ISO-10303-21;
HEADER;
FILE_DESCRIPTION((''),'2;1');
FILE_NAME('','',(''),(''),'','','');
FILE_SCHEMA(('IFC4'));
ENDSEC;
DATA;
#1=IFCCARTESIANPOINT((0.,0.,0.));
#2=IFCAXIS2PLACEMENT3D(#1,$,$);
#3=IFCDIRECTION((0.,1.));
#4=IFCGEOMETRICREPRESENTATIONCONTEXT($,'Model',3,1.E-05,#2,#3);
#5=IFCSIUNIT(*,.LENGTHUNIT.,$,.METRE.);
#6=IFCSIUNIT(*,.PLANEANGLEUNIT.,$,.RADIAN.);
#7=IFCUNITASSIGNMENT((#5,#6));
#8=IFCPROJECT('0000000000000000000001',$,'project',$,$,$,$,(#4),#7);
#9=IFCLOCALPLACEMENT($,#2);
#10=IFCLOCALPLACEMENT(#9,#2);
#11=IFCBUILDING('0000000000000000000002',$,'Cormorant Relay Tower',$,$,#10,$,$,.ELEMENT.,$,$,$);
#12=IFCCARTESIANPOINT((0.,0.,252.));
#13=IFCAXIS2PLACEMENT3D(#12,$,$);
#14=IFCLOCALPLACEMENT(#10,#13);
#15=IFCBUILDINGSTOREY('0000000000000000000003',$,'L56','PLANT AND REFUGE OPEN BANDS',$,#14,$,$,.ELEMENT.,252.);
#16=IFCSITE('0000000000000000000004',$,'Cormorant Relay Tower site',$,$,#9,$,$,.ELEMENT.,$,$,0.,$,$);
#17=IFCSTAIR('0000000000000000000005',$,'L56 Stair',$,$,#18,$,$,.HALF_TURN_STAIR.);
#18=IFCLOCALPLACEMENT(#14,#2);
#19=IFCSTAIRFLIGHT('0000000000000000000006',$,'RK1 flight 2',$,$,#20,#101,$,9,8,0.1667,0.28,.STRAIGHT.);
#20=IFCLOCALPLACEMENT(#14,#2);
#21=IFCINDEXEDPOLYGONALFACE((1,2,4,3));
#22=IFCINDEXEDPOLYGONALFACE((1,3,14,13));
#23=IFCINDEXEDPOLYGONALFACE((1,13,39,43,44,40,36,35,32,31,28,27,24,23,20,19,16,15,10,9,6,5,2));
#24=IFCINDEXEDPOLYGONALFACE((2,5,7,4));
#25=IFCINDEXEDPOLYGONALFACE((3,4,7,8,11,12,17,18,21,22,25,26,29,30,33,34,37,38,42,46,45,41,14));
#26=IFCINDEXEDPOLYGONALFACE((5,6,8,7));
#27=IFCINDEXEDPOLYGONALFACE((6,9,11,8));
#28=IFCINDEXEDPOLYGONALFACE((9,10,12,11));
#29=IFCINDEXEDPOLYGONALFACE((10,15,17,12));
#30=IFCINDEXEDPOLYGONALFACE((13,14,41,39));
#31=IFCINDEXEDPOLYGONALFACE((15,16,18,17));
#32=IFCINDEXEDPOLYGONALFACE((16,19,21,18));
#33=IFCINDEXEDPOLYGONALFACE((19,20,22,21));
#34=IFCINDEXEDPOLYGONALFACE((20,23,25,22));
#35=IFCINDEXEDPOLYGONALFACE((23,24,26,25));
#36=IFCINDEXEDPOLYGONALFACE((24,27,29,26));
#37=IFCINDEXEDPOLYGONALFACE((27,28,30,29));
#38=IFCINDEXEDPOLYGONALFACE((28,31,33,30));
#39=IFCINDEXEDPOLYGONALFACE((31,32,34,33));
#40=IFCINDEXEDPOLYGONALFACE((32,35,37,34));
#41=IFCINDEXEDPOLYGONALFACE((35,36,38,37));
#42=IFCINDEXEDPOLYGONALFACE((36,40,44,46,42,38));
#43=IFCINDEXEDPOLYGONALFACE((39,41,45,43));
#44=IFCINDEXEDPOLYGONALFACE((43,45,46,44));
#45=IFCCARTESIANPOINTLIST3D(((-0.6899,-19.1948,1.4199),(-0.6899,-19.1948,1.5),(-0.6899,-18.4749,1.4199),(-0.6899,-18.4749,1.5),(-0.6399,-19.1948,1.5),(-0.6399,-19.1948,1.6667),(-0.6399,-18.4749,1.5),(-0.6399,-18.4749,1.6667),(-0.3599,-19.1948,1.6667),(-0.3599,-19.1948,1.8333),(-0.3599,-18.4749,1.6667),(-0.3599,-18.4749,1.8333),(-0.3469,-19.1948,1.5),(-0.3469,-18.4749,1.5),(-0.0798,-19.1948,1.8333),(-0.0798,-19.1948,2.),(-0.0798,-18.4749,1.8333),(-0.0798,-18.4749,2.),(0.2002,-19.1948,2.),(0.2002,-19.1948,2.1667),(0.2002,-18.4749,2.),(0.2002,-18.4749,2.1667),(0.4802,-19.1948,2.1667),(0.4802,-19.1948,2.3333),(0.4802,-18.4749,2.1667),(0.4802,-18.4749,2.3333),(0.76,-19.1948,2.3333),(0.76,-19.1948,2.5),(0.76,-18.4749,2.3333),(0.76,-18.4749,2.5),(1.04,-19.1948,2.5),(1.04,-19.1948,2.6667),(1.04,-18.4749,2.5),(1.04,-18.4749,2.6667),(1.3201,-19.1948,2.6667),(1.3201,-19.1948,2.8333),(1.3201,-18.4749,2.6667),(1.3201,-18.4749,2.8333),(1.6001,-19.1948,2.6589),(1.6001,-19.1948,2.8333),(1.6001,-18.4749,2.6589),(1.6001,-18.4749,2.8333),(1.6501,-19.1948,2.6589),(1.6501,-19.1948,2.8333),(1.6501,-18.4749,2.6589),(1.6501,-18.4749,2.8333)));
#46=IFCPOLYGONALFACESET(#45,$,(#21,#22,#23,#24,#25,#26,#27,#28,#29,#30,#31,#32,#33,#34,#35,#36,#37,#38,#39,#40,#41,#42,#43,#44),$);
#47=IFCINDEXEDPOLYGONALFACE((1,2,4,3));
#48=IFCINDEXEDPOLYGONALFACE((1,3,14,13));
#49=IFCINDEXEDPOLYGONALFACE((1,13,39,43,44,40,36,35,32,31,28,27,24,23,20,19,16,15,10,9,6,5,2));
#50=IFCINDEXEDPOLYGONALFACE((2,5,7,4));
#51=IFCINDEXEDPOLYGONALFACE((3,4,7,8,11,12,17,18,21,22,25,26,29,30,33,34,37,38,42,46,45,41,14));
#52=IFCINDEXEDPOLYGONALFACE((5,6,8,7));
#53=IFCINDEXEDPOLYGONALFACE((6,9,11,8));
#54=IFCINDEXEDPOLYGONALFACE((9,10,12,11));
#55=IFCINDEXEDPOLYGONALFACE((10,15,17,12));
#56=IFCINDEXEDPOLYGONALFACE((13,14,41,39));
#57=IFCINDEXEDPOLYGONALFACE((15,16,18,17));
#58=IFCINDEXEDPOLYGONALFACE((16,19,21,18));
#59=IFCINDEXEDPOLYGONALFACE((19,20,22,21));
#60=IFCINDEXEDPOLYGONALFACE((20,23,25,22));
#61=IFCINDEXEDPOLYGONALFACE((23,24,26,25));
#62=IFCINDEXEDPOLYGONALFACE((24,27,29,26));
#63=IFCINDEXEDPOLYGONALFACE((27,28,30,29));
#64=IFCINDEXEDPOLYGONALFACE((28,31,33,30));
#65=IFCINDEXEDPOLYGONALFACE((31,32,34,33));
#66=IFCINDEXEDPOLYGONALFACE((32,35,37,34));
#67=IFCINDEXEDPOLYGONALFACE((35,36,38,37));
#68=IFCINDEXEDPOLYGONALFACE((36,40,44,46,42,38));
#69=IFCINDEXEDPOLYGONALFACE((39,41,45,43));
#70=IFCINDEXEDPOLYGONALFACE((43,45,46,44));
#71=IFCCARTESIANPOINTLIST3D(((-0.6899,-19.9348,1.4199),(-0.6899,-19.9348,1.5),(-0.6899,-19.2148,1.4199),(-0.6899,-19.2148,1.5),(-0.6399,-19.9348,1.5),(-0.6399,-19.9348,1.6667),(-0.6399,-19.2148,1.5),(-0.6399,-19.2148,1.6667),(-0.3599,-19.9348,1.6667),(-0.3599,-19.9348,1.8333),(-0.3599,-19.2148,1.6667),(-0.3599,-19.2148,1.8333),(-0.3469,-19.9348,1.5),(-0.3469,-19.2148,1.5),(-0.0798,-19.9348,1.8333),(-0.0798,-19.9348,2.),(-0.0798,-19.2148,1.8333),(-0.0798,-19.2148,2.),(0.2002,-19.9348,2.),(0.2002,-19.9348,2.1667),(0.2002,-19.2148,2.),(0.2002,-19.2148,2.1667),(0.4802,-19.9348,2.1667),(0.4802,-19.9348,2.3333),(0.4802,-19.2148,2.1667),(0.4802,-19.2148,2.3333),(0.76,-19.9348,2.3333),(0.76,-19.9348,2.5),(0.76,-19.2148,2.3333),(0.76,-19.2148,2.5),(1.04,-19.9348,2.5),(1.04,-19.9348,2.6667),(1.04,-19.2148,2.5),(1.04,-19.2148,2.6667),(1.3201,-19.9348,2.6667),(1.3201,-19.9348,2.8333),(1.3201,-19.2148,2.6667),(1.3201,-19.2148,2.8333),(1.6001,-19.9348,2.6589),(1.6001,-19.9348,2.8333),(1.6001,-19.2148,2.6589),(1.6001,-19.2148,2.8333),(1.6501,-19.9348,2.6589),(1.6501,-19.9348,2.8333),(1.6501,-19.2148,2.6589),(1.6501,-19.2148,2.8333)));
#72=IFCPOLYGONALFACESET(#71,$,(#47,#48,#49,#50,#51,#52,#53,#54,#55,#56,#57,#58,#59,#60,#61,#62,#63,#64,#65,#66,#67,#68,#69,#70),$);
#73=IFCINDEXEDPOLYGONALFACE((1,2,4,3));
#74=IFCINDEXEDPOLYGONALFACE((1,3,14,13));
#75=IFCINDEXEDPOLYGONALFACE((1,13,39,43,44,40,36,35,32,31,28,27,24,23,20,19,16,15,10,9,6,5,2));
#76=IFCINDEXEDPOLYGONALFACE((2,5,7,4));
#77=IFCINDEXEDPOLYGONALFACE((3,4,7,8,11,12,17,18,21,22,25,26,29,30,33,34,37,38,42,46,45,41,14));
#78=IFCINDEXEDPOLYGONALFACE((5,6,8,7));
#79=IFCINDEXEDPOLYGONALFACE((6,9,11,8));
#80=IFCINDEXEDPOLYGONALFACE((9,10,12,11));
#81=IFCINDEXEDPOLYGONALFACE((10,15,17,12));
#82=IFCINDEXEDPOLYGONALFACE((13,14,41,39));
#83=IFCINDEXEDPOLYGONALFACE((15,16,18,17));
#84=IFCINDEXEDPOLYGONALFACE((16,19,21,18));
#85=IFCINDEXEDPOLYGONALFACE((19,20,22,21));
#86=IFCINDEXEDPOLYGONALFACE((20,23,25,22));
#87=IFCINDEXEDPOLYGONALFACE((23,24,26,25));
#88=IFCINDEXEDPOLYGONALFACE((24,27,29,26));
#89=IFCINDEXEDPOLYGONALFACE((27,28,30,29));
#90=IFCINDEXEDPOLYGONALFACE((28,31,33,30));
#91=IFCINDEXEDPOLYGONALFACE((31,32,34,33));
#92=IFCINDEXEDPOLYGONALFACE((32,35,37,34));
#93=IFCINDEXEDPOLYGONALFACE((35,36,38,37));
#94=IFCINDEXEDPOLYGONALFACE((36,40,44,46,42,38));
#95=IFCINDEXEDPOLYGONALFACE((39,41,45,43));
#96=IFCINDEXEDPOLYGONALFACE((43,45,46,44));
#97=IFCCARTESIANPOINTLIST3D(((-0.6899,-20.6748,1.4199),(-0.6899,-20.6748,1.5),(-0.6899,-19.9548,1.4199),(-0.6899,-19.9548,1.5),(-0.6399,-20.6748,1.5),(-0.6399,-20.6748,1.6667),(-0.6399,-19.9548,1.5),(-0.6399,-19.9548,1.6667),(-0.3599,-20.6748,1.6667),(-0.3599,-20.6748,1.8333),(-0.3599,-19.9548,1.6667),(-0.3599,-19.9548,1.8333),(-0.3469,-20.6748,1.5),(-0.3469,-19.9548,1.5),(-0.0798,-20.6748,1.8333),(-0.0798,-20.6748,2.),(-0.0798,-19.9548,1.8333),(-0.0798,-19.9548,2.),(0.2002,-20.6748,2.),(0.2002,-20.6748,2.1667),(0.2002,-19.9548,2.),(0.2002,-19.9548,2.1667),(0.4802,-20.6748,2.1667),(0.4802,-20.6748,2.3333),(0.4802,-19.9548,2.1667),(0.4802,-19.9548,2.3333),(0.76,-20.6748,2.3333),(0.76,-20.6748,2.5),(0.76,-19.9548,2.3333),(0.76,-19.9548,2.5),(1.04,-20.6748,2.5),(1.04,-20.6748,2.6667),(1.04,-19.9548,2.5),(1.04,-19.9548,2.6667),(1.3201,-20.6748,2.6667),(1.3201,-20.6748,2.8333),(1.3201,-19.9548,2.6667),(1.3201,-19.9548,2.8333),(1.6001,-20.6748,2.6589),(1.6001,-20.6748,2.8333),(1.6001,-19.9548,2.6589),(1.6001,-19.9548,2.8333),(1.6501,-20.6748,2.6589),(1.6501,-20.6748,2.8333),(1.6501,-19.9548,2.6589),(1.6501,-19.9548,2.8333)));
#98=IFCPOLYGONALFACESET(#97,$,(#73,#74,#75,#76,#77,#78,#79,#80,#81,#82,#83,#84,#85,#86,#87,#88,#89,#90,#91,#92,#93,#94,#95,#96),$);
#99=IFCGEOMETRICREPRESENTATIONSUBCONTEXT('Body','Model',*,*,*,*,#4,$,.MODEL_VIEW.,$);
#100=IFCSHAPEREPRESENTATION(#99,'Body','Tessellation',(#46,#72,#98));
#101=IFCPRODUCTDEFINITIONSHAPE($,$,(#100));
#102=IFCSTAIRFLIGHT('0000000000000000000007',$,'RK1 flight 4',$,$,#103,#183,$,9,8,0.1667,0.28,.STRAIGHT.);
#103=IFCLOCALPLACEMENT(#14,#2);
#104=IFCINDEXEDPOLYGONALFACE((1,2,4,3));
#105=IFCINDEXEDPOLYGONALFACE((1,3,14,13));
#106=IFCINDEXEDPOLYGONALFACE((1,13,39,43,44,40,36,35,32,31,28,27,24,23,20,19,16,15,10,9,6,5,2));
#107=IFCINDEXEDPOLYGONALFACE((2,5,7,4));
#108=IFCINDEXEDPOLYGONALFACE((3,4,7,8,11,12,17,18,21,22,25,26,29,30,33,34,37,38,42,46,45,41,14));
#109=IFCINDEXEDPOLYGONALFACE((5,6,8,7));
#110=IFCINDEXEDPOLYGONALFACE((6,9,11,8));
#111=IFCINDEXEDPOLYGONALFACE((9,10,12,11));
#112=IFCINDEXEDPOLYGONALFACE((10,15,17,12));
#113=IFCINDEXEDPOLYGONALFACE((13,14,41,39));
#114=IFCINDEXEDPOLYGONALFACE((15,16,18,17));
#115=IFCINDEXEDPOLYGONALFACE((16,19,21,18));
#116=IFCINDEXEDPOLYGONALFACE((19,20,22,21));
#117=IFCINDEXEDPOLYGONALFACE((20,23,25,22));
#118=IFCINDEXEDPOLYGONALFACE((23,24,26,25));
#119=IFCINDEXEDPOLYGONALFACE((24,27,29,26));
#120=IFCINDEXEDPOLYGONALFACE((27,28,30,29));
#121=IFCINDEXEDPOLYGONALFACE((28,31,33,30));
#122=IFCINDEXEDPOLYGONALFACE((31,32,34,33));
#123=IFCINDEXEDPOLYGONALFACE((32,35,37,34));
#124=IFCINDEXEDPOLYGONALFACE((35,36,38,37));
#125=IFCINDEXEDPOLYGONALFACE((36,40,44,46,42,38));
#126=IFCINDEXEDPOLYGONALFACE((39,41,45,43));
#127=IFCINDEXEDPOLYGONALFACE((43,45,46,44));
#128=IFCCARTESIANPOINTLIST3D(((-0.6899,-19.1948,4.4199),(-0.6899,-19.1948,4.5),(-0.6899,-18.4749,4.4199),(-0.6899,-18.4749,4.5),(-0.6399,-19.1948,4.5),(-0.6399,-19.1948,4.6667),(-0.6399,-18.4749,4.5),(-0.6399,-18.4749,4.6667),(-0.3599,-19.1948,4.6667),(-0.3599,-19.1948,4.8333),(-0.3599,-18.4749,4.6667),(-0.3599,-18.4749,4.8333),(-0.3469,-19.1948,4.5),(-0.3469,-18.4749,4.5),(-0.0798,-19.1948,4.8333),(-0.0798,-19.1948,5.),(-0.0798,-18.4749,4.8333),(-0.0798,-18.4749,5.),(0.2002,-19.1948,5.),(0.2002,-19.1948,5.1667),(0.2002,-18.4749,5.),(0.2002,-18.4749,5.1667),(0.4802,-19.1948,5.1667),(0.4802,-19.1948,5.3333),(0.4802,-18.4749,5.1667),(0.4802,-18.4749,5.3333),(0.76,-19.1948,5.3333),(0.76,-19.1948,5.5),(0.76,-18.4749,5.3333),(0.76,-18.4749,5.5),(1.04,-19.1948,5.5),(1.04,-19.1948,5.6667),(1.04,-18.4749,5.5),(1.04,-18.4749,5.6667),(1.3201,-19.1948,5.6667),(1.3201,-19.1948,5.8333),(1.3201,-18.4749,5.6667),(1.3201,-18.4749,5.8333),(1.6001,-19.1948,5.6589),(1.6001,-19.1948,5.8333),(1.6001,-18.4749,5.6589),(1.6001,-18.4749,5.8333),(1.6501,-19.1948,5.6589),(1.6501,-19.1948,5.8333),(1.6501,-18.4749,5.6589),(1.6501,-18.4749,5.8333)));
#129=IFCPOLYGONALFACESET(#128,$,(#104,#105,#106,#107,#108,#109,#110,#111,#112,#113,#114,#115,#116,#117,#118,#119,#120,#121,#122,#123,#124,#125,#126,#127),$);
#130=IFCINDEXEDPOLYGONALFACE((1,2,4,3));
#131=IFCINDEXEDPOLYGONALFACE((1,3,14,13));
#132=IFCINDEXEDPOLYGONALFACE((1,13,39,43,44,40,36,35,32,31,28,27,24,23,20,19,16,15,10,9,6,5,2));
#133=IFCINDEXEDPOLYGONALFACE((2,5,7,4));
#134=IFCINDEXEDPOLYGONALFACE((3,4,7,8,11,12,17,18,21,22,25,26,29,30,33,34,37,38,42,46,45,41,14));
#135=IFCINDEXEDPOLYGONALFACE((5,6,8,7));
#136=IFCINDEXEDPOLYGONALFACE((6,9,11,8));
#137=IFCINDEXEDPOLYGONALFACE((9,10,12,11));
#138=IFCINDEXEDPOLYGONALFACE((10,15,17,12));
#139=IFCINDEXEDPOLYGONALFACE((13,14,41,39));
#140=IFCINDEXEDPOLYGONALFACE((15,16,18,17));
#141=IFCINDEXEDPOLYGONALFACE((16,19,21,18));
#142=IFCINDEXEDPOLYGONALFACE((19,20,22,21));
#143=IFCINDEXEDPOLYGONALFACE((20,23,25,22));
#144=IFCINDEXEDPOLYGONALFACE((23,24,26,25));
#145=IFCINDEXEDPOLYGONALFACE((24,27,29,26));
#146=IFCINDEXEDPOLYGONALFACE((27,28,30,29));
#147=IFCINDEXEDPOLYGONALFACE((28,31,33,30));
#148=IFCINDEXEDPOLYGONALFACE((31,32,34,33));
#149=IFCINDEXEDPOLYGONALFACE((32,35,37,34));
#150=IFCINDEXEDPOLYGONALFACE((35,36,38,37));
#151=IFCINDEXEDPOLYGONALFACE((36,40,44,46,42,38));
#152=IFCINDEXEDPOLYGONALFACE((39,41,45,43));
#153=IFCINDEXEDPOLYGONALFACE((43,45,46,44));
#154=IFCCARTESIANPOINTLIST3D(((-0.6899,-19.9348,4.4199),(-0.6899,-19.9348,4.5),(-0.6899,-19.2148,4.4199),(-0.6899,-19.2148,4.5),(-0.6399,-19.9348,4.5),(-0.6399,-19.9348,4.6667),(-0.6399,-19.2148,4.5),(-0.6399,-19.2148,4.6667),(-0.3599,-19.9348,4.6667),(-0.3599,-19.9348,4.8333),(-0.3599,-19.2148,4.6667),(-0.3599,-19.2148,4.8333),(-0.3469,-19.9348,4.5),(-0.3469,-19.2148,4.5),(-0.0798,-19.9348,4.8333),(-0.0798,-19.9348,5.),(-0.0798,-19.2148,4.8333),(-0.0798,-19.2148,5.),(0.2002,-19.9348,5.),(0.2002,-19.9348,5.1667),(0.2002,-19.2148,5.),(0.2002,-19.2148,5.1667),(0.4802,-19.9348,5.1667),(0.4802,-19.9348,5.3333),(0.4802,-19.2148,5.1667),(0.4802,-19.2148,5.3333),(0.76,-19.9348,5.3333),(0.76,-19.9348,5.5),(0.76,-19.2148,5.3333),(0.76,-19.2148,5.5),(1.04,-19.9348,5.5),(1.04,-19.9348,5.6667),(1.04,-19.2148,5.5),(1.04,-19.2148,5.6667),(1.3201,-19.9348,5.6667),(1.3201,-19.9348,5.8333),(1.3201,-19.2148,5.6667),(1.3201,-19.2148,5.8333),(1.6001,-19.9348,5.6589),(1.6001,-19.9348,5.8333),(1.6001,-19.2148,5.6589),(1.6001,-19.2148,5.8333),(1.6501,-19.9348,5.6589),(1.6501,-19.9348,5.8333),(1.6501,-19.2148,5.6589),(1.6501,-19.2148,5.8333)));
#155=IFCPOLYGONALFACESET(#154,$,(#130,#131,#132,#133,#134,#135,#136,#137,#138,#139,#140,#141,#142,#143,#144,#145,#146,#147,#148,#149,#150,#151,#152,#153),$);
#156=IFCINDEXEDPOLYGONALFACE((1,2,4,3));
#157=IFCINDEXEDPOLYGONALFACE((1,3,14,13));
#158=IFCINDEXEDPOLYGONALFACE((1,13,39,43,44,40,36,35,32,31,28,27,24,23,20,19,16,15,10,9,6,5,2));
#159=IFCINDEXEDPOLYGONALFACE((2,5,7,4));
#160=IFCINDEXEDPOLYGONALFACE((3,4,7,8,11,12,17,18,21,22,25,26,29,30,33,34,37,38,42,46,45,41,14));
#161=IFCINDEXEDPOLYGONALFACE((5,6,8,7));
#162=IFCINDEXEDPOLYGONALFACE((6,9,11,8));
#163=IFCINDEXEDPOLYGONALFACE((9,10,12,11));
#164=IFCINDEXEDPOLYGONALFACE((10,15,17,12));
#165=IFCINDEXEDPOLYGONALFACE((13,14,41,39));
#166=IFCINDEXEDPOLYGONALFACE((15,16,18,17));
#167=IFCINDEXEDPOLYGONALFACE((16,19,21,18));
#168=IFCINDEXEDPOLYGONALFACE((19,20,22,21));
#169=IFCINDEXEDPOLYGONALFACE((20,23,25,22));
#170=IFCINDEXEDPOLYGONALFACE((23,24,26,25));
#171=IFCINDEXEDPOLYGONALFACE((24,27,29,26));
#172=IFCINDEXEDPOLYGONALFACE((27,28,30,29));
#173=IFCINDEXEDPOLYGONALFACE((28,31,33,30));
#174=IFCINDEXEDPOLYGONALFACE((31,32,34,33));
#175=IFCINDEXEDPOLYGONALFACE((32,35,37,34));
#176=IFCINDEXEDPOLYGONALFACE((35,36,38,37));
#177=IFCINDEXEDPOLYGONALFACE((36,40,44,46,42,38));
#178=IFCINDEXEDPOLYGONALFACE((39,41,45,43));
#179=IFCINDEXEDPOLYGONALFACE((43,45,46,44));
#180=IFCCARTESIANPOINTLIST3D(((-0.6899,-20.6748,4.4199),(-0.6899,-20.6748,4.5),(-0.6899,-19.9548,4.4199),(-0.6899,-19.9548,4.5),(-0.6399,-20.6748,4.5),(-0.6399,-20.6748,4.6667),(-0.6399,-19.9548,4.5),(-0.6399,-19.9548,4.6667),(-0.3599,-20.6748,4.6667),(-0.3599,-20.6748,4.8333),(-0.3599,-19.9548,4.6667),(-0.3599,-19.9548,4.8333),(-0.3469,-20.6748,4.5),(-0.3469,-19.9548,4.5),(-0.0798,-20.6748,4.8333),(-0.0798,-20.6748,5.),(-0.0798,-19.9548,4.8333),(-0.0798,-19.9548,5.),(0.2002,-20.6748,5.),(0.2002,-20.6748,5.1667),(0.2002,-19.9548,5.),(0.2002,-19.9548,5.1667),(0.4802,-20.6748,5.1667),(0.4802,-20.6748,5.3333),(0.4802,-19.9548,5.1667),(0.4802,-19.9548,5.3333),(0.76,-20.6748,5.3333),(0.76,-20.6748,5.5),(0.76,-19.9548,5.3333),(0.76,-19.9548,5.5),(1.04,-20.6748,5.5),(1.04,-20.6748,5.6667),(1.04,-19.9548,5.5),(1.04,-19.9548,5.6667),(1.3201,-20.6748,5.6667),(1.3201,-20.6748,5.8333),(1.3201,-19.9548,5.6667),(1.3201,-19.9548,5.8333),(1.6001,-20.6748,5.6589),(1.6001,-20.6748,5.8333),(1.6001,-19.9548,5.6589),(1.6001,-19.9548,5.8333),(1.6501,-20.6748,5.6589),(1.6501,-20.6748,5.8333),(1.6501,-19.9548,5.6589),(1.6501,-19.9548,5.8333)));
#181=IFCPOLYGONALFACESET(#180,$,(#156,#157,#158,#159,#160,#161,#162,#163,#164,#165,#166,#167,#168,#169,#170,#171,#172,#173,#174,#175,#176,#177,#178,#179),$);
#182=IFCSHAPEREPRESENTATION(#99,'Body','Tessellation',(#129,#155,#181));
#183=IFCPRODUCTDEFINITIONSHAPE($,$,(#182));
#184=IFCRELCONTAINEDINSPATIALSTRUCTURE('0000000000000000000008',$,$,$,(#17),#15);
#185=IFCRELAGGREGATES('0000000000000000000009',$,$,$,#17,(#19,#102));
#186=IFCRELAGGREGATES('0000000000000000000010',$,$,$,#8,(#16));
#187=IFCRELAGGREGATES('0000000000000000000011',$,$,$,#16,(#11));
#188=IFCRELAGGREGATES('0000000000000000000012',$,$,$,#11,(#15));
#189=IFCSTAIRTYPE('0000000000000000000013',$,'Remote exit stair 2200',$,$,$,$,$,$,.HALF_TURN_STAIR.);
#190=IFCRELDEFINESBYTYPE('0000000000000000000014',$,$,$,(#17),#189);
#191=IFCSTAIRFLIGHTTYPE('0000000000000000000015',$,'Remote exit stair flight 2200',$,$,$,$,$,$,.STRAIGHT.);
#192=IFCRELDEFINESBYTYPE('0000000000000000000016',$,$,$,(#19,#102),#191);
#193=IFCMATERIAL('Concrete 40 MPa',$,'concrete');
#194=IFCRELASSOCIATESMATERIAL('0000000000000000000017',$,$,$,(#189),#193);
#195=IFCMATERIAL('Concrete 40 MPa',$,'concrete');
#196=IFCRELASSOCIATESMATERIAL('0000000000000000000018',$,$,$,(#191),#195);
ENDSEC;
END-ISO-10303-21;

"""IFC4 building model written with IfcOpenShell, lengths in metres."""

from ifc_helpers import new_model, si_unit, direction, frame, origin, place, context, subcontext, project, spatial, polyline, outline, extrude, material, type_object, element, aggregate, save


model = new_model("IFC4")

# Units and contexts
model_context = context("Model", 3, precision=1e-05, world=origin(), true_north=direction((0.0, 1.0)))
body_context = subcontext(model_context, "Body", "Model", "MODEL_VIEW")
ifc_project = project(units=[si_unit("LENGTHUNIT", "METRE"), si_unit("PLANEANGLEUNIT", "RADIAN")], contexts=[model_context])

# Site, building, storey
site_placement = place(None, origin())
site = spatial("IfcSite", under=ifc_project, at=site_placement, Name="Cormorant Relay Tower site", CompositionType="ELEMENT", RefElevation=0.0)
building_placement = place(site_placement, origin())
building = spatial("IfcBuilding", under=site, at=building_placement, Name="Cormorant Relay Tower", CompositionType="ELEMENT")
storey_placement = place(building_placement, frame((0.0, 0.0, 252.0)))
storey = spatial("IfcBuildingStorey", under=building, at=storey_placement, Name="L56", Description="PLANT AND REFUGE OPEN BANDS", CompositionType="ELEMENT", Elevation=252.0)

# Stair, stair flights
ifc_material_1 = material(Name="Concrete 40 MPa", Category="concrete")
stair_type = type_object("IfcStairType", Name="Remote exit stair 2200", PredefinedType="HALF_TURN_STAIR", material=ifc_material_1)
stair_placement = place(storey_placement, origin())
stair = element("IfcStair", 1, at=stair_placement, inside=storey, type_object=stair_type, Name="L56 Stair", PredefinedType="HALF_TURN_STAIR")
ifc_material_2 = material(Name="Concrete 40 MPa", Category="concrete")
stair_flight_type = type_object("IfcStairFlightType", Name="Remote exit stair flight 2200", PredefinedType="STRAIGHT", material=ifc_material_2)
stair_flight_1_placement = place(storey_placement, frame((-0.6399, -19.575, 1.5), z_axis=(0.0, 0.0, 1.0), x_axis=(1.0, 0.0, 0.0)))
stair_flight_1 = element("IfcStairFlight", 2, at=stair_flight_1_placement, type_object=stair_flight_type, Name="RK1 flight 2", NumberOfRisers=9, NumberOfTreads=8, PredefinedType="STRAIGHT", RiserHeight=0.1667, TreadLength=0.28, context=body_context, shape_type="SweptSolid", body=[
    extrude(outline(polyline([(-0.05, -0.0801), (-0.05, 0.0), (0.0, 0.0), (0.0, 0.1667), (0.28, 0.1667), (0.28, 0.3333), (0.5601, 0.3333), (0.5601, 0.5), (0.8401, 0.5), (0.8401, 0.6667), (1.1201, 0.6667), (1.1201, 0.8333), (1.3999, 0.8333), (1.3999, 1.0), (1.6799, 1.0), (1.6799, 1.1667), (1.96, 1.1667), (1.96, 1.3333), (2.24, 1.3333), (2.29, 1.3333), (2.29, 1.1589), (2.24, 1.1589), (0.293, 0.0), (-0.05, -0.0801)])), frame((0.0, 1.1001, 0.0), z_axis=(0.0, -1.0, 0.0), x_axis=(1.0, 0.0, 0.0)), (0.0, 0.0, 1.0), 0.72),
    extrude(outline(polyline([(-0.05, -0.0801), (-0.05, 0.0), (0.0, 0.0), (0.0, 0.1667), (0.28, 0.1667), (0.28, 0.3333), (0.5601, 0.3333), (0.5601, 0.5), (0.8401, 0.5), (0.8401, 0.6667), (1.1201, 0.6667), (1.1201, 0.8333), (1.3999, 0.8333), (1.3999, 1.0), (1.6799, 1.0), (1.6799, 1.1667), (1.96, 1.1667), (1.96, 1.3333), (2.24, 1.3333), (2.29, 1.3333), (2.29, 1.1589), (2.24, 1.1589), (0.293, 0.0), (-0.05, -0.0801)])), frame((0.0, 0.3601, 0.0), z_axis=(0.0, -1.0, 0.0), x_axis=(1.0, 0.0, 0.0)), (0.0, 0.0, 1.0), 0.72),
    extrude(outline(polyline([(-0.05, -0.0801), (-0.05, 0.0), (0.0, 0.0), (0.0, 0.1667), (0.28, 0.1667), (0.28, 0.3333), (0.5601, 0.3333), (0.5601, 0.5), (0.8401, 0.5), (0.8401, 0.6667), (1.1201, 0.6667), (1.1201, 0.8333), (1.3999, 0.8333), (1.3999, 1.0), (1.6799, 1.0), (1.6799, 1.1667), (1.96, 1.1667), (1.96, 1.3333), (2.24, 1.3333), (2.29, 1.3333), (2.29, 1.1589), (2.24, 1.1589), (0.293, 0.0), (-0.05, -0.0801)])), frame((0.0, -0.3799, 0.0), z_axis=(0.0, -1.0, 0.0), x_axis=(1.0, 0.0, 0.0)), (0.0, 0.0, 1.0), 0.72),
])
stair_flight_2_placement = place(storey_placement, frame((-0.6399, -19.575, 4.5), z_axis=(0.0, 0.0, 1.0), x_axis=(1.0, 0.0, 0.0)))
stair_flight_2 = element("IfcStairFlight", 3, at=stair_flight_2_placement, type_object=stair_flight_type, Name="RK1 flight 4", NumberOfRisers=9, NumberOfTreads=8, PredefinedType="STRAIGHT", RiserHeight=0.1667, TreadLength=0.28, context=body_context, shape_type="SweptSolid", body=[
    extrude(outline(polyline([(-0.05, -0.0801), (-0.05, 0.0), (0.0, 0.0), (0.0, 0.1667), (0.28, 0.1667), (0.28, 0.3333), (0.5601, 0.3333), (0.5601, 0.5), (0.8401, 0.5), (0.8401, 0.6667), (1.1201, 0.6667), (1.1201, 0.8333), (1.3999, 0.8333), (1.3999, 1.0), (1.6799, 1.0), (1.6799, 1.1667), (1.96, 1.1667), (1.96, 1.3333), (2.24, 1.3333), (2.29, 1.3333), (2.29, 1.1589), (2.24, 1.1589), (0.293, 0.0), (-0.05, -0.0801)])), frame((0.0, 1.1001, 0.0), z_axis=(0.0, -1.0, 0.0), x_axis=(1.0, 0.0, 0.0)), (0.0, 0.0, 1.0), 0.72),
    extrude(outline(polyline([(-0.05, -0.0801), (-0.05, 0.0), (0.0, 0.0), (0.0, 0.1667), (0.28, 0.1667), (0.28, 0.3333), (0.5601, 0.3333), (0.5601, 0.5), (0.8401, 0.5), (0.8401, 0.6667), (1.1201, 0.6667), (1.1201, 0.8333), (1.3999, 0.8333), (1.3999, 1.0), (1.6799, 1.0), (1.6799, 1.1667), (1.96, 1.1667), (1.96, 1.3333), (2.24, 1.3333), (2.29, 1.3333), (2.29, 1.1589), (2.24, 1.1589), (0.293, 0.0), (-0.05, -0.0801)])), frame((0.0, 0.3601, 0.0), z_axis=(0.0, -1.0, 0.0), x_axis=(1.0, 0.0, 0.0)), (0.0, 0.0, 1.0), 0.72),
    extrude(outline(polyline([(-0.05, -0.0801), (-0.05, 0.0), (0.0, 0.0), (0.0, 0.1667), (0.28, 0.1667), (0.28, 0.3333), (0.5601, 0.3333), (0.5601, 0.5), (0.8401, 0.5), (0.8401, 0.6667), (1.1201, 0.6667), (1.1201, 0.8333), (1.3999, 0.8333), (1.3999, 1.0), (1.6799, 1.0), (1.6799, 1.1667), (1.96, 1.1667), (1.96, 1.3333), (2.24, 1.3333), (2.29, 1.3333), (2.29, 1.1589), (2.24, 1.1589), (0.293, 0.0), (-0.05, -0.0801)])), frame((0.0, -0.3799, 0.0), z_axis=(0.0, -1.0, 0.0), x_axis=(1.0, 0.0, 0.0)), (0.0, 0.0, 1.0), 0.72),
])
aggregate(stair, [stair_flight_1, stair_flight_2])

save(model, "model.ifc")
